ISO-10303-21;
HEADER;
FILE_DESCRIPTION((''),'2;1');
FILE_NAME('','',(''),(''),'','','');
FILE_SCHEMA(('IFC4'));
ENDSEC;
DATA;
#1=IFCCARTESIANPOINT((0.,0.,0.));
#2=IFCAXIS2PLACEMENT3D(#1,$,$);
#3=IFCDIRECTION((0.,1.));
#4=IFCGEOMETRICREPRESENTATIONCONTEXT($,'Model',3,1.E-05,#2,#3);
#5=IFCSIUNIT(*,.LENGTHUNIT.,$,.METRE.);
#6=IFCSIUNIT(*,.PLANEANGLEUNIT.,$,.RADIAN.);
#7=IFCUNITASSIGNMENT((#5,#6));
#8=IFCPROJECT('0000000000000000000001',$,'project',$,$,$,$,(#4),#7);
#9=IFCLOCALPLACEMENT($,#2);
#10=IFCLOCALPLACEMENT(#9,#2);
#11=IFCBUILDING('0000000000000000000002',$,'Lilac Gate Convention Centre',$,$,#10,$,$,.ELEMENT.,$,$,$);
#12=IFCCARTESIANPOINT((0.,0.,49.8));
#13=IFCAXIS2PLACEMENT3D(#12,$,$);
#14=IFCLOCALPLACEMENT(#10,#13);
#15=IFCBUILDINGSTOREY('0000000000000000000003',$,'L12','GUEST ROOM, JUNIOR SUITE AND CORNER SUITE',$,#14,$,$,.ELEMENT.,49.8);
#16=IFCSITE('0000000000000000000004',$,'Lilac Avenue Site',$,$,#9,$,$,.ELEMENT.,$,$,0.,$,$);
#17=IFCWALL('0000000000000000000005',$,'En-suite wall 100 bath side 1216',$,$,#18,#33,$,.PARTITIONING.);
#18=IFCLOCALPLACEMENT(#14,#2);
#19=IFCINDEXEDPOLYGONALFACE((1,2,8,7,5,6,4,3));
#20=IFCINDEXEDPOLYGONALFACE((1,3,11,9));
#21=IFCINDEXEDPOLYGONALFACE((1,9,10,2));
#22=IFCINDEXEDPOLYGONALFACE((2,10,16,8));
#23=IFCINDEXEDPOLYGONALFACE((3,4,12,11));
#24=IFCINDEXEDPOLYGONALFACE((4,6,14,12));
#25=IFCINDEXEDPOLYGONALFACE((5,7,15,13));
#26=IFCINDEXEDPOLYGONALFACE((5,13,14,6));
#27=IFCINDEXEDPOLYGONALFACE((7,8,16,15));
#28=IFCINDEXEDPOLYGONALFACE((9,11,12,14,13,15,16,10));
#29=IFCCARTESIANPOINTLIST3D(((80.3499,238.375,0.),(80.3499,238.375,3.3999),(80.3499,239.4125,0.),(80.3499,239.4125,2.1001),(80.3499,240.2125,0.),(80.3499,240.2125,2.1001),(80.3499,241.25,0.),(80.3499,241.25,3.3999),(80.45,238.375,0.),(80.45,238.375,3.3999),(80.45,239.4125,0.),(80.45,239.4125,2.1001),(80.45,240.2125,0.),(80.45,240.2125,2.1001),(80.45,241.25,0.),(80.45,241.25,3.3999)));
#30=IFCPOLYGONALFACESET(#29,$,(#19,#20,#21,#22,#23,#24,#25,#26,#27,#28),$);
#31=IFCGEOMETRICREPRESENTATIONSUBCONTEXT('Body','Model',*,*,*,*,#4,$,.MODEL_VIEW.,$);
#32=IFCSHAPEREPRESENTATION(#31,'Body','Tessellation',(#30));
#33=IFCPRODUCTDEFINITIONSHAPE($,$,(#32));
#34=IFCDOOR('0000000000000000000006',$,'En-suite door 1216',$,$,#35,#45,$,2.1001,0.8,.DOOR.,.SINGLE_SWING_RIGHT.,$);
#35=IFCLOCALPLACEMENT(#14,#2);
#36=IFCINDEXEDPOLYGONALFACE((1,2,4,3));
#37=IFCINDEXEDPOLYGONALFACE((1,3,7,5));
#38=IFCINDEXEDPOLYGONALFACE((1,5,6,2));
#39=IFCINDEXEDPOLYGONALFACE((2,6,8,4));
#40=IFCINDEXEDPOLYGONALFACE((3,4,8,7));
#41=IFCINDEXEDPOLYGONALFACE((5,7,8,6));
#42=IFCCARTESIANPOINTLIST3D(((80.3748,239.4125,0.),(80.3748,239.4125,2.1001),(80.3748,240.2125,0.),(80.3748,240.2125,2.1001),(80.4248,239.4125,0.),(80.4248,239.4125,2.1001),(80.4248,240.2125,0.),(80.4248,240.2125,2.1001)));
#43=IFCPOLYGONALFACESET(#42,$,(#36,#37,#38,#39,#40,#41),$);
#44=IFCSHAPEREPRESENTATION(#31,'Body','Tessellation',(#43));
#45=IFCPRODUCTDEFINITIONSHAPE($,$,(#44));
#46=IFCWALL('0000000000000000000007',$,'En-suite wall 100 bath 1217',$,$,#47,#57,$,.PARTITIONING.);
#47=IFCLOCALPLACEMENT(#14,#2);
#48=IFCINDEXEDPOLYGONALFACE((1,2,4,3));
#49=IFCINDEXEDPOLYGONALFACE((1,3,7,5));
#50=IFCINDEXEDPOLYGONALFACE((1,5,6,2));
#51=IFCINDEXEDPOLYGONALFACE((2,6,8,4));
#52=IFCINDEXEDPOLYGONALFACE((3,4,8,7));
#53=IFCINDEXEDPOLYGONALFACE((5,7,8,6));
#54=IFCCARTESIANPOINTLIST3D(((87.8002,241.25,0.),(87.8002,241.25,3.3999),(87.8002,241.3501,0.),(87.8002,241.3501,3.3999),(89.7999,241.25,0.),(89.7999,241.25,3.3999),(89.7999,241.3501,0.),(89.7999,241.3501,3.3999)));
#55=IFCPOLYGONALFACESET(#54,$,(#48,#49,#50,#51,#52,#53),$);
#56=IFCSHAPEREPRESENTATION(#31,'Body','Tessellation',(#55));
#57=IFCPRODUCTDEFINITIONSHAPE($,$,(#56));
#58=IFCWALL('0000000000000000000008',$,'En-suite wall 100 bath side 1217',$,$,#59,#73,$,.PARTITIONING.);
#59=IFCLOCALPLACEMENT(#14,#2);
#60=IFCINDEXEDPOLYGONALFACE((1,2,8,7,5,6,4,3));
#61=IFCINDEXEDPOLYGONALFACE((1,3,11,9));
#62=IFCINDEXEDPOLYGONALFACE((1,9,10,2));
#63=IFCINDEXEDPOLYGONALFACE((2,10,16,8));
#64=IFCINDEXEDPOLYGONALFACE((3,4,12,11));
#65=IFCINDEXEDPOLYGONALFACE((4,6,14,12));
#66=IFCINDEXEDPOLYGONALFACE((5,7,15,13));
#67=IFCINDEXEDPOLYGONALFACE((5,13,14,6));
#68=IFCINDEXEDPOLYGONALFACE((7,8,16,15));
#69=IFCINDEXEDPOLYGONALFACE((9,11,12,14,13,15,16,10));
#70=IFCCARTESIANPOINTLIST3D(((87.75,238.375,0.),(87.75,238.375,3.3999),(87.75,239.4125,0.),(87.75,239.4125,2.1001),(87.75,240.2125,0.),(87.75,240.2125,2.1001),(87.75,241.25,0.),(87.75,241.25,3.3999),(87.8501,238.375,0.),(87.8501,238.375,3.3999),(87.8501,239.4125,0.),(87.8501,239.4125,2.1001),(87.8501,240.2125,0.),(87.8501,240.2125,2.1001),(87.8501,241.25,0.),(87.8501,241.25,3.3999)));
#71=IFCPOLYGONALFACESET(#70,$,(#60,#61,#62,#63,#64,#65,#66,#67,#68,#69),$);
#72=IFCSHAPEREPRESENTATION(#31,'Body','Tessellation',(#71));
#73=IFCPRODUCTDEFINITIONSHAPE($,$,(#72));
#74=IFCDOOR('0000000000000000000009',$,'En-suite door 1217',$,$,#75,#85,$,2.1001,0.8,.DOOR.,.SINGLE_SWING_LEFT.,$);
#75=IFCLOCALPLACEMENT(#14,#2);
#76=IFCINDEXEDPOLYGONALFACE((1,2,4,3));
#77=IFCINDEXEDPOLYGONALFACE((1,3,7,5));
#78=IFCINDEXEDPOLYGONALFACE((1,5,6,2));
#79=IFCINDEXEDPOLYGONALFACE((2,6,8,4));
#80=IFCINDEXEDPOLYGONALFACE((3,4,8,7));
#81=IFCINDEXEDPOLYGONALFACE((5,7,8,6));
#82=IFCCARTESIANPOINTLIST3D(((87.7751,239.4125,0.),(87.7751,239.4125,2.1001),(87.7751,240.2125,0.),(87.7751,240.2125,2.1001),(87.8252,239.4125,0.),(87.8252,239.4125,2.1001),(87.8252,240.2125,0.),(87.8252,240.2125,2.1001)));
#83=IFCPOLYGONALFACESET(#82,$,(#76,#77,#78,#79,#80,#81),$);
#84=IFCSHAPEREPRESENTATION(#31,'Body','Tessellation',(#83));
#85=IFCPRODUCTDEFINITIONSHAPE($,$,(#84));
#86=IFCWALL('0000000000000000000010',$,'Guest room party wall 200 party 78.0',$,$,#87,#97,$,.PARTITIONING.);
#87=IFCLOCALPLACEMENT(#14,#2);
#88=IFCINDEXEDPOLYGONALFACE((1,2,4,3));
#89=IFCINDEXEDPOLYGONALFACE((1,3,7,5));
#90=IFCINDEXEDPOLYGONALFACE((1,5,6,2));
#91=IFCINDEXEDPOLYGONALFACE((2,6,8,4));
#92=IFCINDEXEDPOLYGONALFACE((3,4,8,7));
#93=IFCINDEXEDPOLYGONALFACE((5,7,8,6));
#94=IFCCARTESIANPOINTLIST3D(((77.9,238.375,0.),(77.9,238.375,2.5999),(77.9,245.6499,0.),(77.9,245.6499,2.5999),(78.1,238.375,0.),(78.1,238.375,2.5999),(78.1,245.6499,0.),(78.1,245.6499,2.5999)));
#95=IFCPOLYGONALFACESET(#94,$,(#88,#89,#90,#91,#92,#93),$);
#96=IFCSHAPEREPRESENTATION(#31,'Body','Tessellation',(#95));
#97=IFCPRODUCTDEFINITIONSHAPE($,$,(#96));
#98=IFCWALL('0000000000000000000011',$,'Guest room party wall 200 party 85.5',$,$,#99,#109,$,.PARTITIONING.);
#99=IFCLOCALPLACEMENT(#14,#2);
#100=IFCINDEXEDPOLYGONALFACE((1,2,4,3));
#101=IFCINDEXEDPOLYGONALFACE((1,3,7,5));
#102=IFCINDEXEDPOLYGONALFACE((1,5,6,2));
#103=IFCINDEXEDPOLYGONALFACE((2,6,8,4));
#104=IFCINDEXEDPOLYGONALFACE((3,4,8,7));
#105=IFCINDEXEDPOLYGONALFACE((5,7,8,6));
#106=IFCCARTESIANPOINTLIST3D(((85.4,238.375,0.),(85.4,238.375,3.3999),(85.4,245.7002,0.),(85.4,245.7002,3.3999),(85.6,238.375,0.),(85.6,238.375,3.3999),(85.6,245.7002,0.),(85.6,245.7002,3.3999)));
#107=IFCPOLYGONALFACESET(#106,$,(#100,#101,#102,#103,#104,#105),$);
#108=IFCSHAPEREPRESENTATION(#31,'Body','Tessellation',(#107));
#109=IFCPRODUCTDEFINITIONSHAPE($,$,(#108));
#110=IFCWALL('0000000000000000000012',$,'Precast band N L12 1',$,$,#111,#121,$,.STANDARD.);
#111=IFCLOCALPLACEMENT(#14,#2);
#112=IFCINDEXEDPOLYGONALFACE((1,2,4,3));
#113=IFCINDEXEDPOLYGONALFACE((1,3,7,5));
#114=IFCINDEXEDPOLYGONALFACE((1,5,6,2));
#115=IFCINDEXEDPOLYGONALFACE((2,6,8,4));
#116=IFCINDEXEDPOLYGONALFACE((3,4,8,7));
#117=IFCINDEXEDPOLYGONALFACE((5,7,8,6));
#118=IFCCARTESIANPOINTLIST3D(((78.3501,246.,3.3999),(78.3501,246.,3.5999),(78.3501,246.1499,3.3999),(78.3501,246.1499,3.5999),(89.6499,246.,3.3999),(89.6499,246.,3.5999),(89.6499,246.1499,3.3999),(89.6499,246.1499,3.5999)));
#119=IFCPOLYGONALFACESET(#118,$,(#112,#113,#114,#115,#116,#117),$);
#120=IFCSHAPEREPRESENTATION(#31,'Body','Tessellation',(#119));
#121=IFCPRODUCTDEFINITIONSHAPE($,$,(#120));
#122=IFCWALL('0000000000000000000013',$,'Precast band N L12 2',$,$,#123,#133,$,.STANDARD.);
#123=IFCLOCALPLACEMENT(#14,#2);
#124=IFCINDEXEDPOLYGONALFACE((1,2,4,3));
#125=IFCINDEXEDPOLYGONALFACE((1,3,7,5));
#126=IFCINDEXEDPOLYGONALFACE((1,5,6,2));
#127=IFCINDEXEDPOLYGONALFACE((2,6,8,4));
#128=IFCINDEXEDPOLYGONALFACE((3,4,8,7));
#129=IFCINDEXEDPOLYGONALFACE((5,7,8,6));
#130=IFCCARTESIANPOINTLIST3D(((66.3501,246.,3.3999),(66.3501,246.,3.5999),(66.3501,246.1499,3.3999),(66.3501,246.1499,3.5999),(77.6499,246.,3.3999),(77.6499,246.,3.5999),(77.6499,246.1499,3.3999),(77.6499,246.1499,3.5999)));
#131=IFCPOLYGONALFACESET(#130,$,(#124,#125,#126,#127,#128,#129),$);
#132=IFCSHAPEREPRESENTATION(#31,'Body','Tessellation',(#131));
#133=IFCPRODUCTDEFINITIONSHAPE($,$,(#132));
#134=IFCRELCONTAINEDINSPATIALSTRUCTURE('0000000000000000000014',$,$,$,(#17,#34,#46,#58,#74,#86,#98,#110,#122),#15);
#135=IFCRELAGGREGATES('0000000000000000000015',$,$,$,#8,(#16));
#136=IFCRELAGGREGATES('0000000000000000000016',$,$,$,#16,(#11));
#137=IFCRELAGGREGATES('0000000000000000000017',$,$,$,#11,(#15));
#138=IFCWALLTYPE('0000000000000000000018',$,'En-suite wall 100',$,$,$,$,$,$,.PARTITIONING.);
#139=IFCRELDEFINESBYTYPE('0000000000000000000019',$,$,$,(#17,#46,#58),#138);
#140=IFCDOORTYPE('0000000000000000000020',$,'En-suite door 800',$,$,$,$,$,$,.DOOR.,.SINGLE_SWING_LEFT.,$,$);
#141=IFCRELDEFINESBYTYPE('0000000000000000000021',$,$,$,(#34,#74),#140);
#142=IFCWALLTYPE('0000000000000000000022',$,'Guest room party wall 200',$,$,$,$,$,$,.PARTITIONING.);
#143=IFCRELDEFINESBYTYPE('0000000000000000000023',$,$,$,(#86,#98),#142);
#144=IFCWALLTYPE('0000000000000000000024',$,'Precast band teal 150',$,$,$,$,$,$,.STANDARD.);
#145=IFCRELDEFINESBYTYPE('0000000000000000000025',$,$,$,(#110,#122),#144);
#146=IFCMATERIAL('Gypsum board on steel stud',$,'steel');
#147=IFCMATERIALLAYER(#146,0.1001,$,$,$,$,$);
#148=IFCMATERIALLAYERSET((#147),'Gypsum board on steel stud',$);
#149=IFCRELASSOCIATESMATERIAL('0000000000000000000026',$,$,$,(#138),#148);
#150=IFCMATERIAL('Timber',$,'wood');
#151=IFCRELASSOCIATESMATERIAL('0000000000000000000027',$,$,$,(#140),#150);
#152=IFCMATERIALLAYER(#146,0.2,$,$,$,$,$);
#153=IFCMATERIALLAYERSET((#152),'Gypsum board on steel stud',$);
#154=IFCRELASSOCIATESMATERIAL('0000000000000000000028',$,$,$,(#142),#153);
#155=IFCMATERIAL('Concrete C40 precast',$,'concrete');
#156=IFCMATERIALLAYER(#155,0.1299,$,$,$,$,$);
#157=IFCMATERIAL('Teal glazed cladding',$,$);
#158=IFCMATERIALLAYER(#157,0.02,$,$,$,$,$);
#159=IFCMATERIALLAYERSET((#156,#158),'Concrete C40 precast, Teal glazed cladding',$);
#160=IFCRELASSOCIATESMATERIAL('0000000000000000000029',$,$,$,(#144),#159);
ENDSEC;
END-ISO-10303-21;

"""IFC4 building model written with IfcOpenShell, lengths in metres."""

from ifc_helpers import new_model, si_unit, direction, frame, frame_2d, origin, place, context, subcontext, project, spatial, rectangle, extrude, material, layer, layer_set, type_object, element, fill, save


model = new_model("IFC4")

# Units and contexts
model_context = context("Model", 3, precision=1e-05, world=origin(), true_north=direction((0.0, 1.0)))
body_context = subcontext(model_context, "Body", "Model", "MODEL_VIEW")
ifc_project = project(units=[si_unit("LENGTHUNIT", "METRE"), si_unit("PLANEANGLEUNIT", "RADIAN")], contexts=[model_context])

# Site, building, storey
site_placement = place(None, origin())
site = spatial("IfcSite", under=ifc_project, at=site_placement, Name="Lilac Avenue Site", CompositionType="ELEMENT", RefElevation=0.0)
building_placement = place(site_placement, origin())
building = spatial("IfcBuilding", under=site, at=building_placement, Name="Lilac Gate Convention Centre", CompositionType="ELEMENT")
storey_placement = place(building_placement, frame((0.0, 0.0, 49.8)))
storey = spatial("IfcBuildingStorey", under=building, at=storey_placement, Name="L12", Description="GUEST ROOM, JUNIOR SUITE AND CORNER SUITE", CompositionType="ELEMENT", Elevation=49.8)

# Shared definitions
ifc_material_1 = material(Name="Gypsum board on steel stud", Category="steel")
ifc_material_2 = material(Name="Timber", Category="wood")

# Shared definitions
ifc_layer_1 = layer(ifc_material_1, 0.1001)
ifc_layer_set_1 = layer_set([ifc_layer_1], Name="Gypsum board on steel stud")
wall_type_1 = type_object("IfcWallType", Name="En-suite wall 100", PredefinedType="PARTITIONING", material=ifc_layer_set_1)

# Wall, opening, door
wall_1_placement = place(storey_placement, frame((80.3999, 241.25, 0.0), z_axis=(0.0, 0.0, 1.0), x_axis=(0.0, -1.0, 0.0)))
wall_1 = element("IfcWall", 1, at=wall_1_placement, inside=storey, type_object=wall_type_1, Name="En-suite wall 100 bath side 1216", PredefinedType="PARTITIONING", context=body_context, shape_type="SweptSolid", body=[
    extrude(rectangle(XDim=2.875, YDim=0.1001, at=frame_2d((1.4375, 0.0))), origin(), (0.0, 0.0, 1.0), 3.3999),
])
opening_1_placement = place(wall_1_placement, frame((1.0376, 0.0, 0.0)))
opening_1 = element("IfcOpeningElement", 2, at=opening_1_placement, cuts=wall_1, PredefinedType="OPENING", context=body_context, shape_type="SweptSolid", body=[
    extrude(rectangle(XDim=0.8, YDim=2.1001, at=frame_2d((0.3999, 1.05))), frame((0.0, 0.0601, 0.0), z_axis=(0.0, -1.0, 0.0), x_axis=(1.0, 0.0, 0.0)), (0.0, 0.0, 1.0), 0.1201),
])
door_type_1 = type_object("IfcDoorType", Name="En-suite door 800", OperationType="SINGLE_SWING_LEFT", PredefinedType="DOOR", material=ifc_material_2)
door_1_placement = place(opening_1_placement, origin())
door_1 = element("IfcDoor", 3, at=door_1_placement, inside=storey, type_object=door_type_1, Name="En-suite door 1216", OperationType="SINGLE_SWING_RIGHT", OverallHeight=2.1001, OverallWidth=0.8, PredefinedType="DOOR", context=body_context, shape_type="SweptSolid", body=[
    extrude(rectangle(XDim=0.8, YDim=2.1001, at=frame_2d((0.3999, 1.05))), frame((0.0, 0.0249, 0.0), z_axis=(0.0, -1.0, 0.0), x_axis=(1.0, 0.0, 0.0)), (0.0, 0.0, 1.0), 0.05),
])
fill(opening_1, door_1)

# Wall
wall_2_placement = place(storey_placement, frame((87.8, 241.3, 0.0), z_axis=(0.0, 0.0, 1.0), x_axis=(1.0, 0.0, 0.0)))
element("IfcWall", 4, at=wall_2_placement, inside=storey, type_object=wall_type_1, Name="En-suite wall 100 bath 1217", PredefinedType="PARTITIONING", context=body_context, shape_type="SweptSolid", body=[
    extrude(rectangle(XDim=1.9998, YDim=0.1001, at=frame_2d((1.0, 0.0))), origin(), (0.0, 0.0, 1.0), 3.3999),
])

# Wall, opening, door
wall_3_placement = place(storey_placement, frame((87.8, 238.375, 0.0), z_axis=(0.0, 0.0, 1.0), x_axis=(0.0, 1.0, 0.0)))
wall_3 = element("IfcWall", 5, at=wall_3_placement, inside=storey, type_object=wall_type_1, Name="En-suite wall 100 bath side 1217", PredefinedType="PARTITIONING", context=body_context, shape_type="SweptSolid", body=[
    extrude(rectangle(XDim=2.875, YDim=0.1001, at=frame_2d((1.4375, 0.0))), origin(), (0.0, 0.0, 1.0), 3.3999),
])
opening_2_placement = place(wall_3_placement, frame((1.0376, 0.0, 0.0)))
opening_2 = element("IfcOpeningElement", 6, at=opening_2_placement, cuts=wall_3, PredefinedType="OPENING", context=body_context, shape_type="SweptSolid", body=[
    extrude(rectangle(XDim=0.8, YDim=2.1001, at=frame_2d((0.3999, 1.05))), frame((0.0, 0.0601, 0.0), z_axis=(0.0, -1.0, 0.0), x_axis=(1.0, 0.0, 0.0)), (0.0, 0.0, 1.0), 0.1201),
])
door_2_placement = place(opening_2_placement, origin())
door_2 = element("IfcDoor", 7, at=door_2_placement, inside=storey, type_object=door_type_1, Name="En-suite door 1217", OperationType="SINGLE_SWING_LEFT", OverallHeight=2.1001, OverallWidth=0.8, PredefinedType="DOOR", context=body_context, shape_type="SweptSolid", body=[
    extrude(rectangle(XDim=0.8, YDim=2.1001, at=frame_2d((0.3999, 1.05))), frame((0.0, 0.0249, 0.0), z_axis=(0.0, -1.0, 0.0), x_axis=(1.0, 0.0, 0.0)), (0.0, 0.0, 1.0), 0.05),
])
fill(opening_2, door_2)

# Walls
ifc_layer_2 = layer(ifc_material_1, 0.2)
ifc_layer_set_2 = layer_set([ifc_layer_2], Name="Gypsum board on steel stud")
wall_type_2 = type_object("IfcWallType", Name="Guest room party wall 200", PredefinedType="PARTITIONING", material=ifc_layer_set_2)
wall_4_placement = place(storey_placement, frame((78.0, 245.6499, 0.0), z_axis=(0.0, 0.0, 1.0), x_axis=(0.0, -1.0, 0.0)))
element("IfcWall", 8, at=wall_4_placement, inside=storey, type_object=wall_type_2, Name="Guest room party wall 200 party 78.0", PredefinedType="PARTITIONING", context=body_context, shape_type="SweptSolid", body=[
    extrude(rectangle(XDim=7.2749, YDim=0.2, at=frame_2d((3.6375, 0.0))), origin(), (0.0, 0.0, 1.0), 2.5999),
])
wall_5_placement = place(storey_placement, frame((85.5, 245.7002, 0.0), z_axis=(0.0, 0.0, 1.0), x_axis=(0.0, -1.0, 0.0)))
element("IfcWall", 9, at=wall_5_placement, inside=storey, type_object=wall_type_2, Name="Guest room party wall 200 party 85.5", PredefinedType="PARTITIONING", context=body_context, shape_type="SweptSolid", body=[
    extrude(rectangle(XDim=7.3252, YDim=0.2, at=frame_2d((3.6626, 0.0))), origin(), (0.0, 0.0, 1.0), 3.3999),
])
ifc_material_3 = material(Name="Concrete C40 precast", Category="concrete")
ifc_layer_3 = layer(ifc_material_3, 0.1299)
ifc_material_4 = material(Name="Teal glazed cladding")
ifc_layer_4 = layer(ifc_material_4, 0.02)
ifc_layer_set_3 = layer_set([ifc_layer_3, ifc_layer_4], Name="Concrete C40 precast, Teal glazed cladding")
wall_type_3 = type_object("IfcWallType", Name="Precast band teal 150", PredefinedType="STANDARD", material=ifc_layer_set_3)
for number, where, z_axis, x_axis, name in (
    (10, (89.6499, 246.075, 3.3999), (0.0, 0.0, 1.0), (-1.0, 0.0, 0.0), "Precast band N L12 1"),
    (11, (77.6499, 246.075, 3.3999), (0.0, 0.0, 1.0), (-1.0, 0.0, 0.0), "Precast band N L12 2"),
):
    element("IfcWall", number, at=place(storey_placement, frame(where, z_axis=z_axis, x_axis=x_axis)), inside=storey, type_object=wall_type_3, Name=name, PredefinedType="STANDARD", context=body_context, shape_type="SweptSolid", body=[
        extrude(rectangle(XDim=11.2998, YDim=0.1499, at=frame_2d((5.6499, 0.0))), origin(), (0.0, 0.0, 1.0), 0.2),
    ])

save(model, "model.ifc")
